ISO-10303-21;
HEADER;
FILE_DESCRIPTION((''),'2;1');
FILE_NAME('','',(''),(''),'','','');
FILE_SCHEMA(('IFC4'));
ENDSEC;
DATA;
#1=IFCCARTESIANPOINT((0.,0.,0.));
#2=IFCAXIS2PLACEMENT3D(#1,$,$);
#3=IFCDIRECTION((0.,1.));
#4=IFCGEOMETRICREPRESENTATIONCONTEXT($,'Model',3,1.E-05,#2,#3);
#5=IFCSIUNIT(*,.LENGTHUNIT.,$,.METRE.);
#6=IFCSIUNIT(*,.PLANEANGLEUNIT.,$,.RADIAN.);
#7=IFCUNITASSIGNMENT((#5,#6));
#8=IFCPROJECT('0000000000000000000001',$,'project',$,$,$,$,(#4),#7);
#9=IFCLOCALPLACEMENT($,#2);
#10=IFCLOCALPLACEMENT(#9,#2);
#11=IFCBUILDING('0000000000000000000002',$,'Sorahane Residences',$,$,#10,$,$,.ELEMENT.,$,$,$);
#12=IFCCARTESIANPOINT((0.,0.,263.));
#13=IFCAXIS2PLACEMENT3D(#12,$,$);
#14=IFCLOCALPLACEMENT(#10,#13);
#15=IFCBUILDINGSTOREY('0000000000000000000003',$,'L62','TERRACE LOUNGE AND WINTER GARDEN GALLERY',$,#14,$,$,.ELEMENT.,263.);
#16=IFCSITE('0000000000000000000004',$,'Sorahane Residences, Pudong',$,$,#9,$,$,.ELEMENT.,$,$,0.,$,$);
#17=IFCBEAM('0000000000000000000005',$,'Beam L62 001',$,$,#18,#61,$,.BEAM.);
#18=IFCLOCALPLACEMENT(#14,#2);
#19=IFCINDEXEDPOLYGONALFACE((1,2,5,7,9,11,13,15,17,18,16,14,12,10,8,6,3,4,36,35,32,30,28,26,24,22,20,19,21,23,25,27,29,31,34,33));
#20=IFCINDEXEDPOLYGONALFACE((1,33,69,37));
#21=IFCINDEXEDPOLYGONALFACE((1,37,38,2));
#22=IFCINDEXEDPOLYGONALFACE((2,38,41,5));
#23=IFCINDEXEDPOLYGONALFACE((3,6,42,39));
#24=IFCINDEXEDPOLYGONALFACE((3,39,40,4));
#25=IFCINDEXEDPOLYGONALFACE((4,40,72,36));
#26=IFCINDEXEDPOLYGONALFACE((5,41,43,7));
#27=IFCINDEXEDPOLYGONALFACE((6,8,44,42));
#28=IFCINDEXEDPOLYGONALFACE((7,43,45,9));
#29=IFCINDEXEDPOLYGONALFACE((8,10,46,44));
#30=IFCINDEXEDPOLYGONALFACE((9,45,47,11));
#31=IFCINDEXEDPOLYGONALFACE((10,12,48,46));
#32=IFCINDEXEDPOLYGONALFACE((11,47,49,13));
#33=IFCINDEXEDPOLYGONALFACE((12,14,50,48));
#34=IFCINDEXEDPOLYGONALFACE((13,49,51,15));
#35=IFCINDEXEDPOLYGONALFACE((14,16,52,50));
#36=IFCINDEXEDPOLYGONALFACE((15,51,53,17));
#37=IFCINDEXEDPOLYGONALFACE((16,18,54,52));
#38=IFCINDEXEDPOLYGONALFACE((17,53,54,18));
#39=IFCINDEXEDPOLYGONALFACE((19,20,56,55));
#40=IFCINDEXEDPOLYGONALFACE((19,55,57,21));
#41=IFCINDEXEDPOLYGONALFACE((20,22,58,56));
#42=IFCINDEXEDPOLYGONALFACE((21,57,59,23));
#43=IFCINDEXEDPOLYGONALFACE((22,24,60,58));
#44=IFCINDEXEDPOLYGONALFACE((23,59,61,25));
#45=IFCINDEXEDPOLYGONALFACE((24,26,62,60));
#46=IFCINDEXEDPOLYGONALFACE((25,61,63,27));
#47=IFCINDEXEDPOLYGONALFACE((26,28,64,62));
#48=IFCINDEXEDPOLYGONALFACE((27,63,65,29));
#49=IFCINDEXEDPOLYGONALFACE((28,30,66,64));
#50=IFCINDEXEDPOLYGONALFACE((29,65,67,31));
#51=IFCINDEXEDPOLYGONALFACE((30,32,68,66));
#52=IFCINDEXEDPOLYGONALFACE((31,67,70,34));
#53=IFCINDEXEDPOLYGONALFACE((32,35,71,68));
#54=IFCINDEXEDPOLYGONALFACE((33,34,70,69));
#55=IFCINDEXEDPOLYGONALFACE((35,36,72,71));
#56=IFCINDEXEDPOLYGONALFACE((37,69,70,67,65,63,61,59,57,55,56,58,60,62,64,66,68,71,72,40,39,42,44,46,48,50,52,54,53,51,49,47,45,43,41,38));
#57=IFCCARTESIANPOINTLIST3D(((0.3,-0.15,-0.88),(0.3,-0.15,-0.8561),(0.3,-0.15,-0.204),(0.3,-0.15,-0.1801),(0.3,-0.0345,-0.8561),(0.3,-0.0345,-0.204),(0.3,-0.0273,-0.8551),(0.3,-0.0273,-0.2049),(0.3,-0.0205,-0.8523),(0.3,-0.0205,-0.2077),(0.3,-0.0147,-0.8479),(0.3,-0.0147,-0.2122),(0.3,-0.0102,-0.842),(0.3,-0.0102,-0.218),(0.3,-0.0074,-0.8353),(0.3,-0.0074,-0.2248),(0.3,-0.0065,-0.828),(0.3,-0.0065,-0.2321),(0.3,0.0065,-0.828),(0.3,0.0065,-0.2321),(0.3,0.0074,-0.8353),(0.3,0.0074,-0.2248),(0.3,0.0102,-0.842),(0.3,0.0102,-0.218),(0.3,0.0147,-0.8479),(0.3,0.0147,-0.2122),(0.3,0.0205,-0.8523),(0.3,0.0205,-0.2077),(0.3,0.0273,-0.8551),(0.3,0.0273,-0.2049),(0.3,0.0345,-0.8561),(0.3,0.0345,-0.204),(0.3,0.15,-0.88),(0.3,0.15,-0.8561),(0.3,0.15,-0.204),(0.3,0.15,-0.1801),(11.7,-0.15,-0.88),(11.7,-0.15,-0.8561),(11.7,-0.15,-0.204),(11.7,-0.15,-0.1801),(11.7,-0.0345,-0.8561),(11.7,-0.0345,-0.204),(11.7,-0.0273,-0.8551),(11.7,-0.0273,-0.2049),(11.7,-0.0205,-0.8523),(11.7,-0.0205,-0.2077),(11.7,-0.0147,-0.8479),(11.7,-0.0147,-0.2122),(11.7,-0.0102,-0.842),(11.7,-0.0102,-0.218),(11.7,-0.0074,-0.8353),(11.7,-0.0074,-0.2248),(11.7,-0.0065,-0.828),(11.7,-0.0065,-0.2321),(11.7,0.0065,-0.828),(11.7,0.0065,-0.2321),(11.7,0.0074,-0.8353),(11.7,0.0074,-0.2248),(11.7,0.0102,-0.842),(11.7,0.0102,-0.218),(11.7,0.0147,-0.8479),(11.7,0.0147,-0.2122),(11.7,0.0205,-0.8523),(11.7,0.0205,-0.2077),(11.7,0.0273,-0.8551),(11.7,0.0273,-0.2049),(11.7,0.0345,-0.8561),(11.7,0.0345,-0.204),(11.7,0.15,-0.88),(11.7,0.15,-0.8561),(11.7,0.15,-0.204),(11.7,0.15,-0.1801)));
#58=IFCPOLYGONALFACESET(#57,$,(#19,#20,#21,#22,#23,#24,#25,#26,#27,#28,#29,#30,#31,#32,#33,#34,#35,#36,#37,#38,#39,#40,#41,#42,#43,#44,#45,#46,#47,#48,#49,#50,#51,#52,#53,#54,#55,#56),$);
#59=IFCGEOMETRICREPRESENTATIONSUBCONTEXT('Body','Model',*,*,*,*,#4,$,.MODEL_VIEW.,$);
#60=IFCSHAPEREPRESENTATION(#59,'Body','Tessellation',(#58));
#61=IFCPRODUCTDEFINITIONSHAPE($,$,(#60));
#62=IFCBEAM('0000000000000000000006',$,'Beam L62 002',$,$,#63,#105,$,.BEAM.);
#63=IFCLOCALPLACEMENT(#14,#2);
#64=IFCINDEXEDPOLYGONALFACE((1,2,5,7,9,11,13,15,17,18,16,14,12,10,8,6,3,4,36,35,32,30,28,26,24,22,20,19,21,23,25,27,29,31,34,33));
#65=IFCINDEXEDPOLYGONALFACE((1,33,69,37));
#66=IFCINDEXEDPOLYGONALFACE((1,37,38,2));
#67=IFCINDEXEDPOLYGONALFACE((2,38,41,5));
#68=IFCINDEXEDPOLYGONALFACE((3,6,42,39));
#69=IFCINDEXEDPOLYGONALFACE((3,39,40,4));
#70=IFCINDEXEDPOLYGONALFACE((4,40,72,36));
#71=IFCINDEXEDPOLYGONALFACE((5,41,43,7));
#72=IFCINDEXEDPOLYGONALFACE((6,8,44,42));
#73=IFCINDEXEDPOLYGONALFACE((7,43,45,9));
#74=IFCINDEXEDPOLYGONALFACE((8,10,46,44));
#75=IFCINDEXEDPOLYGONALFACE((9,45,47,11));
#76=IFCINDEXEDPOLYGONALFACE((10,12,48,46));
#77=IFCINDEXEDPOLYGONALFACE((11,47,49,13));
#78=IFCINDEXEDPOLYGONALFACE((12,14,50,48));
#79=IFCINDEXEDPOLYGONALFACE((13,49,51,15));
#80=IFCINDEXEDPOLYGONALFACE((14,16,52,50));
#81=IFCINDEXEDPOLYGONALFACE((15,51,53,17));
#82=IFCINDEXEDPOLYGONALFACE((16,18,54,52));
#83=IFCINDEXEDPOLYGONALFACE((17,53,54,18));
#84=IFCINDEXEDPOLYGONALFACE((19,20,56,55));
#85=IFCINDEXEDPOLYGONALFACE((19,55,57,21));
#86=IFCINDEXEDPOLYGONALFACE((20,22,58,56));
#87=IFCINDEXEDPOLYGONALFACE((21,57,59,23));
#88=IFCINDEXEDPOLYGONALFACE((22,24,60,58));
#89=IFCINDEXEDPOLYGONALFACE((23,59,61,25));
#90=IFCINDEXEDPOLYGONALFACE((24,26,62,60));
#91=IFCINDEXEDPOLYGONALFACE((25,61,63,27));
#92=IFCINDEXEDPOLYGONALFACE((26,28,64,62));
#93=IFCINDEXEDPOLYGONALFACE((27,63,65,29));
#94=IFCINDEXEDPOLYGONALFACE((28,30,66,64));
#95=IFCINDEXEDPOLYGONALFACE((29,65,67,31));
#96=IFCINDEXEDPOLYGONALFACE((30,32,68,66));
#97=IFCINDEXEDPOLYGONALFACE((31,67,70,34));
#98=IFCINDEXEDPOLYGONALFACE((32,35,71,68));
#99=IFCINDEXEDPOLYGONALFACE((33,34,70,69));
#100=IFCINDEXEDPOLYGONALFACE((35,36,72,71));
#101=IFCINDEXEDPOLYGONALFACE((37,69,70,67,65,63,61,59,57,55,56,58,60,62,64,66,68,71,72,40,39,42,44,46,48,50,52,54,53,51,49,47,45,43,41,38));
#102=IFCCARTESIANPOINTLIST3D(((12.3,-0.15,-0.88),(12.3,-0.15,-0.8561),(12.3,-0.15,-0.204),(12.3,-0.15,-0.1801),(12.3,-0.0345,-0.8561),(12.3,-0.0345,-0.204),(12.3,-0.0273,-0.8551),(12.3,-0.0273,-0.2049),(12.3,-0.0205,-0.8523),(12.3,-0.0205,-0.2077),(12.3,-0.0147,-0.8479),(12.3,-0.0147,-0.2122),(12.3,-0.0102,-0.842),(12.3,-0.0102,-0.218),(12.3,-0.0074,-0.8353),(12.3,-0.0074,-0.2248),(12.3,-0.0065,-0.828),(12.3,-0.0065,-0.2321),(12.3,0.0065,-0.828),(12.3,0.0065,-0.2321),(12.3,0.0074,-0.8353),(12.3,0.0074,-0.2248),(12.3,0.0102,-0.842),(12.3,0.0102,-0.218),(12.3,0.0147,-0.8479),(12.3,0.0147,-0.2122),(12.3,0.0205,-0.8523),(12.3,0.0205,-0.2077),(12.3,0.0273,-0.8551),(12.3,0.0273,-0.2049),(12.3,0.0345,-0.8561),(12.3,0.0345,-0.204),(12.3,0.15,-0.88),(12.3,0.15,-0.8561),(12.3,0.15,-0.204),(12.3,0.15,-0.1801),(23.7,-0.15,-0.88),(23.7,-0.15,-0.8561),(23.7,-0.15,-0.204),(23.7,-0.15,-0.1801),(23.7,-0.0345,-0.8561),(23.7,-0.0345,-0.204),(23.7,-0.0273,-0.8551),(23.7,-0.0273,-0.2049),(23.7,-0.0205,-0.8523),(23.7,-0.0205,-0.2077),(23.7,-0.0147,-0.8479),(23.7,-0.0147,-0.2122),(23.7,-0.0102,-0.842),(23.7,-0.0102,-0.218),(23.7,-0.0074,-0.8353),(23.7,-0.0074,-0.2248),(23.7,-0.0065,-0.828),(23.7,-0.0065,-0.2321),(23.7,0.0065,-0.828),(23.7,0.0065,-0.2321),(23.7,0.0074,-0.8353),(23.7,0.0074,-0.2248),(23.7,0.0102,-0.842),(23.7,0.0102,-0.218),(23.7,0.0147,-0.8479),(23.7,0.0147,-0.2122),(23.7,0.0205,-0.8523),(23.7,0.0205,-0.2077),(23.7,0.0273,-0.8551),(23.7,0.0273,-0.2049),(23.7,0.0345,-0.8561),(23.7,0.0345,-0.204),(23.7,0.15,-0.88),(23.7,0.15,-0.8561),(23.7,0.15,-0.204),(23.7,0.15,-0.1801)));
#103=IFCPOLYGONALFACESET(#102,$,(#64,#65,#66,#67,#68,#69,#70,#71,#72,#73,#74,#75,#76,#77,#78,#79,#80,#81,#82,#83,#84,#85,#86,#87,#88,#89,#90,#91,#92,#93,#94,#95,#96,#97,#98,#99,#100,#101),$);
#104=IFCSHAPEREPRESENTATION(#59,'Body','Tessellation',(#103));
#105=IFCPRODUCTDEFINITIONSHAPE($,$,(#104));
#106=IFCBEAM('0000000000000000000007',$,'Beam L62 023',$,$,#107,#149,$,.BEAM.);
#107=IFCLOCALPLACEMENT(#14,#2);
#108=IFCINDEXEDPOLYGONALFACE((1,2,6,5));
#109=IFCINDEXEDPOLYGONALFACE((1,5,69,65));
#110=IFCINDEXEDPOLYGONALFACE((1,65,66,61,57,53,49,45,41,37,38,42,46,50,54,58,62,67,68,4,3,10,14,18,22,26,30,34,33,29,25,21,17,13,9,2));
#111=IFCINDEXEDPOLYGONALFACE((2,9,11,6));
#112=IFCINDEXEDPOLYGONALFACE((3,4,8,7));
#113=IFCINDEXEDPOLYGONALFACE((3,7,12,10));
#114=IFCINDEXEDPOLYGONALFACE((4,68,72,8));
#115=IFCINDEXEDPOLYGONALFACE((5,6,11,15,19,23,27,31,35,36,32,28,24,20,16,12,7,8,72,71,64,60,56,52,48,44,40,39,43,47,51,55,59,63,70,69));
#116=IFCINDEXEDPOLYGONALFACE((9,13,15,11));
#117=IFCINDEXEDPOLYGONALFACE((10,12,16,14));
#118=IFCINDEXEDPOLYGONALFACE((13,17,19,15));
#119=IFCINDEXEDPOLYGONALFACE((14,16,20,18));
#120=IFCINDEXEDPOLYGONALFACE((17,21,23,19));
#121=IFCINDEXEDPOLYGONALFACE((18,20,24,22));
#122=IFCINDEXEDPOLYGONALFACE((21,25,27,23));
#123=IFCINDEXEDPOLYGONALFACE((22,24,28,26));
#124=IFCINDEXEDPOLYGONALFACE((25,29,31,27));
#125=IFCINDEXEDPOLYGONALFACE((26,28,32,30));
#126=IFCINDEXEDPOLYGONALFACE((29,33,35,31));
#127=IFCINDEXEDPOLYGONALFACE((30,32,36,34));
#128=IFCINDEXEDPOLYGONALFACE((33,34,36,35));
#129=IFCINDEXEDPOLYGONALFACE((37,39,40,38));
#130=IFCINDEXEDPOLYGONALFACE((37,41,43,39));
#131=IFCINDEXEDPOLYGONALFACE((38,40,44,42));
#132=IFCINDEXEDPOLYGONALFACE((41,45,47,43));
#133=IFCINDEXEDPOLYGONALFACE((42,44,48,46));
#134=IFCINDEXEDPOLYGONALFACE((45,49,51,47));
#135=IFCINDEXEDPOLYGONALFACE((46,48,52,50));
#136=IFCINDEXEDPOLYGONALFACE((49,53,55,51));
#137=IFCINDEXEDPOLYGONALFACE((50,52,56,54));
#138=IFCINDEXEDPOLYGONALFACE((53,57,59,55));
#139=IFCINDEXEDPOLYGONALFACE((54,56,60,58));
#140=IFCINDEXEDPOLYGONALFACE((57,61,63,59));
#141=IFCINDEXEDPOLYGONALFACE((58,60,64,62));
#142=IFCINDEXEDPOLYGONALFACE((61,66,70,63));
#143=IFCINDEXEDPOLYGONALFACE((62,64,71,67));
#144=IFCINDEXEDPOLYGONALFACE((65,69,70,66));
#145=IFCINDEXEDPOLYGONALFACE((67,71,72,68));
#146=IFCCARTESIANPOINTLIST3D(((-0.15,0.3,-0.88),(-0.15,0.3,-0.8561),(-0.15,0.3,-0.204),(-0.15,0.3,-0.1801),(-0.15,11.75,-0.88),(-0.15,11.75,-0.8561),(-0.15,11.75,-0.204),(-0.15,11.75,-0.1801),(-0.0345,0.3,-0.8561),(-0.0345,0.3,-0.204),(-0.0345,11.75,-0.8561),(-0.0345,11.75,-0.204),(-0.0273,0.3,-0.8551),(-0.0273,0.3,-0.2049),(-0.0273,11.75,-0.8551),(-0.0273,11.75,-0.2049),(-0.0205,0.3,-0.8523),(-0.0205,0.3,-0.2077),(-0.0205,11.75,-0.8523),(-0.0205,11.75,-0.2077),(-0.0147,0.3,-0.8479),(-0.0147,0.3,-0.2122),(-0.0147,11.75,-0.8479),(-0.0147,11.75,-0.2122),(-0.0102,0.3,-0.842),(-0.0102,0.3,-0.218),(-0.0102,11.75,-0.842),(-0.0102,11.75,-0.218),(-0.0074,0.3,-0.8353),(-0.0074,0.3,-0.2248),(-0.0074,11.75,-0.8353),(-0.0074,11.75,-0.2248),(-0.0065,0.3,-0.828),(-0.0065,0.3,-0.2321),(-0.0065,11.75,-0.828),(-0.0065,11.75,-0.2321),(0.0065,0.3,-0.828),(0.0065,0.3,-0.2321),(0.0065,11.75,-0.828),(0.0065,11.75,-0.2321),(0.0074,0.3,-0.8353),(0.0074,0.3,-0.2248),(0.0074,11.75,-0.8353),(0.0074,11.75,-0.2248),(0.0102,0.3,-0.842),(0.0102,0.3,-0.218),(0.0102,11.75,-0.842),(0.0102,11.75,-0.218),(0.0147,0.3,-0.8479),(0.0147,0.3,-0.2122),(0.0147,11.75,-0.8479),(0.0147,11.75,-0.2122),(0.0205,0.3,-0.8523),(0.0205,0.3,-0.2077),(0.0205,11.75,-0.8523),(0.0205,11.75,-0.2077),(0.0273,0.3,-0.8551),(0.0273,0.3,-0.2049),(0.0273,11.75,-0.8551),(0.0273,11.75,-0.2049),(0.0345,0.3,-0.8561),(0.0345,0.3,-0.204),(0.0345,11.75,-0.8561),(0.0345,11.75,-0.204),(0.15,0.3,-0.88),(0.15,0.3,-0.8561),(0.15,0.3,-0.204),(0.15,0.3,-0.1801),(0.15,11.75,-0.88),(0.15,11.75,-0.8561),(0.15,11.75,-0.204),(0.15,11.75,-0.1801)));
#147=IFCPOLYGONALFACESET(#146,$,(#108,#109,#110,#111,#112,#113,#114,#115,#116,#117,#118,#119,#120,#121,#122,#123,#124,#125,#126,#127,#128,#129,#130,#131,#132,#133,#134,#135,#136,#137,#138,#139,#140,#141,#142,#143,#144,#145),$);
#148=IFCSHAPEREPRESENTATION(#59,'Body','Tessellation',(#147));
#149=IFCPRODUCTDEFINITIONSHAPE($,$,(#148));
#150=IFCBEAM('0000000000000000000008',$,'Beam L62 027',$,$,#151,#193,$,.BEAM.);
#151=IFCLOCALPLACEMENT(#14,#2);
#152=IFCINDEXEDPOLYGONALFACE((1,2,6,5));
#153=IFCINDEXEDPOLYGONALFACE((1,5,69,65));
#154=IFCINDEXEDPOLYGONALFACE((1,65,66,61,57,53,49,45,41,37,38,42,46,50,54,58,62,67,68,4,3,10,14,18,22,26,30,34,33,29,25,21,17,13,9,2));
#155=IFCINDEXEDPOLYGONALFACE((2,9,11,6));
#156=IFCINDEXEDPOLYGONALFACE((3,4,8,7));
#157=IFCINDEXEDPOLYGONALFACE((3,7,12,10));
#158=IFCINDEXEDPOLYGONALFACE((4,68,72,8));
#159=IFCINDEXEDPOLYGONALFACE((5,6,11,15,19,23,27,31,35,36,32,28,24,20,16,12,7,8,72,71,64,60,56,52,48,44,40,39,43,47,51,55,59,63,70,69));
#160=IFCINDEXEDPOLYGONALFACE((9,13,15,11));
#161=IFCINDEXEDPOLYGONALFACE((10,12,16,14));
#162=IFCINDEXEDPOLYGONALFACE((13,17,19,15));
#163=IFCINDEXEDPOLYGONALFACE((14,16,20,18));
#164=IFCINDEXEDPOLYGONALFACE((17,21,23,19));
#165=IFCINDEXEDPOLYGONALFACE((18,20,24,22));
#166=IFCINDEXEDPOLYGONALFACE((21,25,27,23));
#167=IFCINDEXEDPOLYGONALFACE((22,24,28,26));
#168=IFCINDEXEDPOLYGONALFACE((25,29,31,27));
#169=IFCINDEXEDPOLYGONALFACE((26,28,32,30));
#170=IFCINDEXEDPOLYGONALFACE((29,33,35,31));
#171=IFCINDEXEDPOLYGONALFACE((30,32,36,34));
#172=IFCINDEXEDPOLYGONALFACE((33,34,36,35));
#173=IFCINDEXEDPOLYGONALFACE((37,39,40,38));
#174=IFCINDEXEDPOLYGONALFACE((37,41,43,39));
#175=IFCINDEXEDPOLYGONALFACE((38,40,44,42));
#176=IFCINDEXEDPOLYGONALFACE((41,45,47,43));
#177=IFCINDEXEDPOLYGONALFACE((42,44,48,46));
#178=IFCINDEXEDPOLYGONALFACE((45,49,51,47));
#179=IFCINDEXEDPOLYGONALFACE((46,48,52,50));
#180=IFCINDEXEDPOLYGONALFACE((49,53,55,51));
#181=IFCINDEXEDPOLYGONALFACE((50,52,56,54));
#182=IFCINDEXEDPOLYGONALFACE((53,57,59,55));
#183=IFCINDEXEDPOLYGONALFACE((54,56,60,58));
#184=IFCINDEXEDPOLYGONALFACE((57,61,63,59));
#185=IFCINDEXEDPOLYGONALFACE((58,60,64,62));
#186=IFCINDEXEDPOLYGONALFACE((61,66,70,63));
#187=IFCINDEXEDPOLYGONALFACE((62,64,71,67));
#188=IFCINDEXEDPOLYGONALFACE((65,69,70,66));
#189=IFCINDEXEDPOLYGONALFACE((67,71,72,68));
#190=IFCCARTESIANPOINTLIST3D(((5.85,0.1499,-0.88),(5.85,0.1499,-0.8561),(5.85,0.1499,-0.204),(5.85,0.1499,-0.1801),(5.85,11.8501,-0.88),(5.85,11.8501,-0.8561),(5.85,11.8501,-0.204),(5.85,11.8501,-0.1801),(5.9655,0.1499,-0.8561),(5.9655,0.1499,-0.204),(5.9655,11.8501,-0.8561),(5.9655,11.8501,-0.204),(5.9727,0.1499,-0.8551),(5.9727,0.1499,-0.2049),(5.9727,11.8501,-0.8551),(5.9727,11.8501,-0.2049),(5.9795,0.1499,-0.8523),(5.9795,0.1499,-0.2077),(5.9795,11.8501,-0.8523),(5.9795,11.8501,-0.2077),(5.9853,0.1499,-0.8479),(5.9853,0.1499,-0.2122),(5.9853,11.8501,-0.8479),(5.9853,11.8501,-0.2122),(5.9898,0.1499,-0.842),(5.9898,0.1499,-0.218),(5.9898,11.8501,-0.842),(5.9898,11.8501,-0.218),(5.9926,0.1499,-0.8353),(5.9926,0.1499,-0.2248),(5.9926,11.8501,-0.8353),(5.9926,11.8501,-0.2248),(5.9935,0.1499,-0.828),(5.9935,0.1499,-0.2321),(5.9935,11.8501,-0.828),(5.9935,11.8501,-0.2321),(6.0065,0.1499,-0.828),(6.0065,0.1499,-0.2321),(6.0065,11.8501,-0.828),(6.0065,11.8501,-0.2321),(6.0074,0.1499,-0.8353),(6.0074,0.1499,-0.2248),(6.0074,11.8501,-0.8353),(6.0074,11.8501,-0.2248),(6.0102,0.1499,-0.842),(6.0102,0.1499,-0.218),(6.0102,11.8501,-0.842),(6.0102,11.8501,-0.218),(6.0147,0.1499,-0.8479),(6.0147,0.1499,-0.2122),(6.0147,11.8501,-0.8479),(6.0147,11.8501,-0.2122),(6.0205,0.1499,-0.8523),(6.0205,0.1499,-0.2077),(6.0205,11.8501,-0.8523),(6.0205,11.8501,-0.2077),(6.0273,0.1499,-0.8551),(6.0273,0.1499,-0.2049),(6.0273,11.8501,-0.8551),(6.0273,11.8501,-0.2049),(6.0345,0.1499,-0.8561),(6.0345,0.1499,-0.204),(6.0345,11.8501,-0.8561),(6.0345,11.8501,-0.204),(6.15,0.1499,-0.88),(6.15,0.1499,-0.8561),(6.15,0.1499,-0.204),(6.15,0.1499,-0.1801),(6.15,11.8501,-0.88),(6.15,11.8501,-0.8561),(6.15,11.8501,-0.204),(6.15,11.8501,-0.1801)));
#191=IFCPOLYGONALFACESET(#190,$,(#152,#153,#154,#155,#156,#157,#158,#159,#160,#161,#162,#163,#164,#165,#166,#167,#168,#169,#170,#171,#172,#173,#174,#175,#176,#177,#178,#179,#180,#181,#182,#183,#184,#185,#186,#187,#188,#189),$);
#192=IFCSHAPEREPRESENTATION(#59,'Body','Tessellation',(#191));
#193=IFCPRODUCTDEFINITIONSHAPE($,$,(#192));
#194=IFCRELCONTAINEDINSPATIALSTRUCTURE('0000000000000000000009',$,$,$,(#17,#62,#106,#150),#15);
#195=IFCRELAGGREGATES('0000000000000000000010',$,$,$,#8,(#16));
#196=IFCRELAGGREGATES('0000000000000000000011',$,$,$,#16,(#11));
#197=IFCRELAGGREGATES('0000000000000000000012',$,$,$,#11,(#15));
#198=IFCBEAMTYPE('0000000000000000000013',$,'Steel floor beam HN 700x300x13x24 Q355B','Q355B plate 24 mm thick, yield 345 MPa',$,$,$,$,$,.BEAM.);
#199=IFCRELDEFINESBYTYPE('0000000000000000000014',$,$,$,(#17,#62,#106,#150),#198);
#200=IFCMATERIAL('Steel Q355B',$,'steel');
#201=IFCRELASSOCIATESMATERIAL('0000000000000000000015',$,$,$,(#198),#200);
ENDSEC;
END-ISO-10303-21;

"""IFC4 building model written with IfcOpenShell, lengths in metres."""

from ifc_helpers import new_model, si_unit, direction, frame, origin, origin_2d, place, context, subcontext, project, spatial, i_section, extrude, material, material_profile, profile_set, type_object, element, save


model = new_model("IFC4")

# Units and contexts
model_context = context("Model", 3, precision=1e-05, world=origin(), true_north=direction((0.0, 1.0)))
body_context = subcontext(model_context, "Body", "Model", "MODEL_VIEW")
ifc_project = project(units=[si_unit("LENGTHUNIT", "METRE"), si_unit("PLANEANGLEUNIT", "RADIAN")], contexts=[model_context])

# Site, building, storey
site_placement = place(None, origin())
site = spatial("IfcSite", under=ifc_project, at=site_placement, Name="Sorahane Residences, Pudong", CompositionType="ELEMENT", RefElevation=0.0)
building_placement = place(site_placement, origin())
building = spatial("IfcBuilding", under=site, at=building_placement, Name="Sorahane Residences", CompositionType="ELEMENT")
storey_placement = place(building_placement, frame((0.0, 0.0, 263.0)))
storey = spatial("IfcBuildingStorey", under=building, at=storey_placement, Name="L62", Description="TERRACE LOUNGE AND WINTER GARDEN GALLERY", CompositionType="ELEMENT", Elevation=263.0)

# Beams
ifc_material_1 = material(Name="Steel Q355B", Category="steel")
ifc_material_profile_1 = material_profile(ifc_material_1, i_section(OverallWidth=0.3, OverallDepth=0.7, WebThickness=0.0129, FlangeThickness=0.0239, FilletRadius=0.0281, at=origin_2d()), Name="HN 700x300x13x24")
ifc_profile_set_1 = profile_set([ifc_material_profile_1], Name="Steel Q355B")
beam_type_1 = type_object("IfcBeamType", Name="Steel floor beam HN 700x300x13x24 Q355B", Description="Q355B plate 24 mm thick, yield 345 MPa", PredefinedType="BEAM", material=ifc_profile_set_1)
for number, where, z_axis, x_axis, name in (
    (1, (0.3, 0.0, -0.53), (1.0, 0.0, 0.0), (0.0, 1.0, 0.0), "Beam L62 001"),
    (2, (12.3, 0.0, -0.53), (1.0, 0.0, 0.0), (0.0, 1.0, 0.0), "Beam L62 002"),
):
    element("IfcBeam", number, at=place(storey_placement, frame(where, z_axis=z_axis, x_axis=x_axis)), inside=storey, type_object=beam_type_1, Name=name, PredefinedType="BEAM", context=body_context, shape_type="SweptSolid", body=[
        extrude(i_section(OverallWidth=0.3, OverallDepth=0.7, WebThickness=0.0129, FlangeThickness=0.0239, FilletRadius=0.0281, at=origin_2d()), origin(), (0.0, 0.0, 1.0), 11.3999),
    ])
beam_1_placement = place(storey_placement, frame((0.0, 0.3, -0.53), z_axis=(0.0, 1.0, 0.0), x_axis=(-1.0, 0.0, 0.0)))
element("IfcBeam", 3, at=beam_1_placement, inside=storey, type_object=beam_type_1, Name="Beam L62 023", PredefinedType="BEAM", context=body_context, shape_type="SweptSolid", body=[
    extrude(i_section(OverallWidth=0.3, OverallDepth=0.7, WebThickness=0.0129, FlangeThickness=0.0239, FilletRadius=0.0281, at=origin_2d()), origin(), (0.0, 0.0, 1.0), 11.45),
])
beam_2_placement = place(storey_placement, frame((6.0, 0.1499, -0.53), z_axis=(0.0, 1.0, 0.0), x_axis=(-1.0, 0.0, 0.0)))
element("IfcBeam", 4, at=beam_2_placement, inside=storey, type_object=beam_type_1, Name="Beam L62 027", PredefinedType="BEAM", context=body_context, shape_type="SweptSolid", body=[
    extrude(i_section(OverallWidth=0.3, OverallDepth=0.7, WebThickness=0.0129, FlangeThickness=0.0239, FilletRadius=0.0281, at=origin_2d()), origin(), (0.0, 0.0, 1.0), 11.7002),
])

save(model, "model.ifc")
